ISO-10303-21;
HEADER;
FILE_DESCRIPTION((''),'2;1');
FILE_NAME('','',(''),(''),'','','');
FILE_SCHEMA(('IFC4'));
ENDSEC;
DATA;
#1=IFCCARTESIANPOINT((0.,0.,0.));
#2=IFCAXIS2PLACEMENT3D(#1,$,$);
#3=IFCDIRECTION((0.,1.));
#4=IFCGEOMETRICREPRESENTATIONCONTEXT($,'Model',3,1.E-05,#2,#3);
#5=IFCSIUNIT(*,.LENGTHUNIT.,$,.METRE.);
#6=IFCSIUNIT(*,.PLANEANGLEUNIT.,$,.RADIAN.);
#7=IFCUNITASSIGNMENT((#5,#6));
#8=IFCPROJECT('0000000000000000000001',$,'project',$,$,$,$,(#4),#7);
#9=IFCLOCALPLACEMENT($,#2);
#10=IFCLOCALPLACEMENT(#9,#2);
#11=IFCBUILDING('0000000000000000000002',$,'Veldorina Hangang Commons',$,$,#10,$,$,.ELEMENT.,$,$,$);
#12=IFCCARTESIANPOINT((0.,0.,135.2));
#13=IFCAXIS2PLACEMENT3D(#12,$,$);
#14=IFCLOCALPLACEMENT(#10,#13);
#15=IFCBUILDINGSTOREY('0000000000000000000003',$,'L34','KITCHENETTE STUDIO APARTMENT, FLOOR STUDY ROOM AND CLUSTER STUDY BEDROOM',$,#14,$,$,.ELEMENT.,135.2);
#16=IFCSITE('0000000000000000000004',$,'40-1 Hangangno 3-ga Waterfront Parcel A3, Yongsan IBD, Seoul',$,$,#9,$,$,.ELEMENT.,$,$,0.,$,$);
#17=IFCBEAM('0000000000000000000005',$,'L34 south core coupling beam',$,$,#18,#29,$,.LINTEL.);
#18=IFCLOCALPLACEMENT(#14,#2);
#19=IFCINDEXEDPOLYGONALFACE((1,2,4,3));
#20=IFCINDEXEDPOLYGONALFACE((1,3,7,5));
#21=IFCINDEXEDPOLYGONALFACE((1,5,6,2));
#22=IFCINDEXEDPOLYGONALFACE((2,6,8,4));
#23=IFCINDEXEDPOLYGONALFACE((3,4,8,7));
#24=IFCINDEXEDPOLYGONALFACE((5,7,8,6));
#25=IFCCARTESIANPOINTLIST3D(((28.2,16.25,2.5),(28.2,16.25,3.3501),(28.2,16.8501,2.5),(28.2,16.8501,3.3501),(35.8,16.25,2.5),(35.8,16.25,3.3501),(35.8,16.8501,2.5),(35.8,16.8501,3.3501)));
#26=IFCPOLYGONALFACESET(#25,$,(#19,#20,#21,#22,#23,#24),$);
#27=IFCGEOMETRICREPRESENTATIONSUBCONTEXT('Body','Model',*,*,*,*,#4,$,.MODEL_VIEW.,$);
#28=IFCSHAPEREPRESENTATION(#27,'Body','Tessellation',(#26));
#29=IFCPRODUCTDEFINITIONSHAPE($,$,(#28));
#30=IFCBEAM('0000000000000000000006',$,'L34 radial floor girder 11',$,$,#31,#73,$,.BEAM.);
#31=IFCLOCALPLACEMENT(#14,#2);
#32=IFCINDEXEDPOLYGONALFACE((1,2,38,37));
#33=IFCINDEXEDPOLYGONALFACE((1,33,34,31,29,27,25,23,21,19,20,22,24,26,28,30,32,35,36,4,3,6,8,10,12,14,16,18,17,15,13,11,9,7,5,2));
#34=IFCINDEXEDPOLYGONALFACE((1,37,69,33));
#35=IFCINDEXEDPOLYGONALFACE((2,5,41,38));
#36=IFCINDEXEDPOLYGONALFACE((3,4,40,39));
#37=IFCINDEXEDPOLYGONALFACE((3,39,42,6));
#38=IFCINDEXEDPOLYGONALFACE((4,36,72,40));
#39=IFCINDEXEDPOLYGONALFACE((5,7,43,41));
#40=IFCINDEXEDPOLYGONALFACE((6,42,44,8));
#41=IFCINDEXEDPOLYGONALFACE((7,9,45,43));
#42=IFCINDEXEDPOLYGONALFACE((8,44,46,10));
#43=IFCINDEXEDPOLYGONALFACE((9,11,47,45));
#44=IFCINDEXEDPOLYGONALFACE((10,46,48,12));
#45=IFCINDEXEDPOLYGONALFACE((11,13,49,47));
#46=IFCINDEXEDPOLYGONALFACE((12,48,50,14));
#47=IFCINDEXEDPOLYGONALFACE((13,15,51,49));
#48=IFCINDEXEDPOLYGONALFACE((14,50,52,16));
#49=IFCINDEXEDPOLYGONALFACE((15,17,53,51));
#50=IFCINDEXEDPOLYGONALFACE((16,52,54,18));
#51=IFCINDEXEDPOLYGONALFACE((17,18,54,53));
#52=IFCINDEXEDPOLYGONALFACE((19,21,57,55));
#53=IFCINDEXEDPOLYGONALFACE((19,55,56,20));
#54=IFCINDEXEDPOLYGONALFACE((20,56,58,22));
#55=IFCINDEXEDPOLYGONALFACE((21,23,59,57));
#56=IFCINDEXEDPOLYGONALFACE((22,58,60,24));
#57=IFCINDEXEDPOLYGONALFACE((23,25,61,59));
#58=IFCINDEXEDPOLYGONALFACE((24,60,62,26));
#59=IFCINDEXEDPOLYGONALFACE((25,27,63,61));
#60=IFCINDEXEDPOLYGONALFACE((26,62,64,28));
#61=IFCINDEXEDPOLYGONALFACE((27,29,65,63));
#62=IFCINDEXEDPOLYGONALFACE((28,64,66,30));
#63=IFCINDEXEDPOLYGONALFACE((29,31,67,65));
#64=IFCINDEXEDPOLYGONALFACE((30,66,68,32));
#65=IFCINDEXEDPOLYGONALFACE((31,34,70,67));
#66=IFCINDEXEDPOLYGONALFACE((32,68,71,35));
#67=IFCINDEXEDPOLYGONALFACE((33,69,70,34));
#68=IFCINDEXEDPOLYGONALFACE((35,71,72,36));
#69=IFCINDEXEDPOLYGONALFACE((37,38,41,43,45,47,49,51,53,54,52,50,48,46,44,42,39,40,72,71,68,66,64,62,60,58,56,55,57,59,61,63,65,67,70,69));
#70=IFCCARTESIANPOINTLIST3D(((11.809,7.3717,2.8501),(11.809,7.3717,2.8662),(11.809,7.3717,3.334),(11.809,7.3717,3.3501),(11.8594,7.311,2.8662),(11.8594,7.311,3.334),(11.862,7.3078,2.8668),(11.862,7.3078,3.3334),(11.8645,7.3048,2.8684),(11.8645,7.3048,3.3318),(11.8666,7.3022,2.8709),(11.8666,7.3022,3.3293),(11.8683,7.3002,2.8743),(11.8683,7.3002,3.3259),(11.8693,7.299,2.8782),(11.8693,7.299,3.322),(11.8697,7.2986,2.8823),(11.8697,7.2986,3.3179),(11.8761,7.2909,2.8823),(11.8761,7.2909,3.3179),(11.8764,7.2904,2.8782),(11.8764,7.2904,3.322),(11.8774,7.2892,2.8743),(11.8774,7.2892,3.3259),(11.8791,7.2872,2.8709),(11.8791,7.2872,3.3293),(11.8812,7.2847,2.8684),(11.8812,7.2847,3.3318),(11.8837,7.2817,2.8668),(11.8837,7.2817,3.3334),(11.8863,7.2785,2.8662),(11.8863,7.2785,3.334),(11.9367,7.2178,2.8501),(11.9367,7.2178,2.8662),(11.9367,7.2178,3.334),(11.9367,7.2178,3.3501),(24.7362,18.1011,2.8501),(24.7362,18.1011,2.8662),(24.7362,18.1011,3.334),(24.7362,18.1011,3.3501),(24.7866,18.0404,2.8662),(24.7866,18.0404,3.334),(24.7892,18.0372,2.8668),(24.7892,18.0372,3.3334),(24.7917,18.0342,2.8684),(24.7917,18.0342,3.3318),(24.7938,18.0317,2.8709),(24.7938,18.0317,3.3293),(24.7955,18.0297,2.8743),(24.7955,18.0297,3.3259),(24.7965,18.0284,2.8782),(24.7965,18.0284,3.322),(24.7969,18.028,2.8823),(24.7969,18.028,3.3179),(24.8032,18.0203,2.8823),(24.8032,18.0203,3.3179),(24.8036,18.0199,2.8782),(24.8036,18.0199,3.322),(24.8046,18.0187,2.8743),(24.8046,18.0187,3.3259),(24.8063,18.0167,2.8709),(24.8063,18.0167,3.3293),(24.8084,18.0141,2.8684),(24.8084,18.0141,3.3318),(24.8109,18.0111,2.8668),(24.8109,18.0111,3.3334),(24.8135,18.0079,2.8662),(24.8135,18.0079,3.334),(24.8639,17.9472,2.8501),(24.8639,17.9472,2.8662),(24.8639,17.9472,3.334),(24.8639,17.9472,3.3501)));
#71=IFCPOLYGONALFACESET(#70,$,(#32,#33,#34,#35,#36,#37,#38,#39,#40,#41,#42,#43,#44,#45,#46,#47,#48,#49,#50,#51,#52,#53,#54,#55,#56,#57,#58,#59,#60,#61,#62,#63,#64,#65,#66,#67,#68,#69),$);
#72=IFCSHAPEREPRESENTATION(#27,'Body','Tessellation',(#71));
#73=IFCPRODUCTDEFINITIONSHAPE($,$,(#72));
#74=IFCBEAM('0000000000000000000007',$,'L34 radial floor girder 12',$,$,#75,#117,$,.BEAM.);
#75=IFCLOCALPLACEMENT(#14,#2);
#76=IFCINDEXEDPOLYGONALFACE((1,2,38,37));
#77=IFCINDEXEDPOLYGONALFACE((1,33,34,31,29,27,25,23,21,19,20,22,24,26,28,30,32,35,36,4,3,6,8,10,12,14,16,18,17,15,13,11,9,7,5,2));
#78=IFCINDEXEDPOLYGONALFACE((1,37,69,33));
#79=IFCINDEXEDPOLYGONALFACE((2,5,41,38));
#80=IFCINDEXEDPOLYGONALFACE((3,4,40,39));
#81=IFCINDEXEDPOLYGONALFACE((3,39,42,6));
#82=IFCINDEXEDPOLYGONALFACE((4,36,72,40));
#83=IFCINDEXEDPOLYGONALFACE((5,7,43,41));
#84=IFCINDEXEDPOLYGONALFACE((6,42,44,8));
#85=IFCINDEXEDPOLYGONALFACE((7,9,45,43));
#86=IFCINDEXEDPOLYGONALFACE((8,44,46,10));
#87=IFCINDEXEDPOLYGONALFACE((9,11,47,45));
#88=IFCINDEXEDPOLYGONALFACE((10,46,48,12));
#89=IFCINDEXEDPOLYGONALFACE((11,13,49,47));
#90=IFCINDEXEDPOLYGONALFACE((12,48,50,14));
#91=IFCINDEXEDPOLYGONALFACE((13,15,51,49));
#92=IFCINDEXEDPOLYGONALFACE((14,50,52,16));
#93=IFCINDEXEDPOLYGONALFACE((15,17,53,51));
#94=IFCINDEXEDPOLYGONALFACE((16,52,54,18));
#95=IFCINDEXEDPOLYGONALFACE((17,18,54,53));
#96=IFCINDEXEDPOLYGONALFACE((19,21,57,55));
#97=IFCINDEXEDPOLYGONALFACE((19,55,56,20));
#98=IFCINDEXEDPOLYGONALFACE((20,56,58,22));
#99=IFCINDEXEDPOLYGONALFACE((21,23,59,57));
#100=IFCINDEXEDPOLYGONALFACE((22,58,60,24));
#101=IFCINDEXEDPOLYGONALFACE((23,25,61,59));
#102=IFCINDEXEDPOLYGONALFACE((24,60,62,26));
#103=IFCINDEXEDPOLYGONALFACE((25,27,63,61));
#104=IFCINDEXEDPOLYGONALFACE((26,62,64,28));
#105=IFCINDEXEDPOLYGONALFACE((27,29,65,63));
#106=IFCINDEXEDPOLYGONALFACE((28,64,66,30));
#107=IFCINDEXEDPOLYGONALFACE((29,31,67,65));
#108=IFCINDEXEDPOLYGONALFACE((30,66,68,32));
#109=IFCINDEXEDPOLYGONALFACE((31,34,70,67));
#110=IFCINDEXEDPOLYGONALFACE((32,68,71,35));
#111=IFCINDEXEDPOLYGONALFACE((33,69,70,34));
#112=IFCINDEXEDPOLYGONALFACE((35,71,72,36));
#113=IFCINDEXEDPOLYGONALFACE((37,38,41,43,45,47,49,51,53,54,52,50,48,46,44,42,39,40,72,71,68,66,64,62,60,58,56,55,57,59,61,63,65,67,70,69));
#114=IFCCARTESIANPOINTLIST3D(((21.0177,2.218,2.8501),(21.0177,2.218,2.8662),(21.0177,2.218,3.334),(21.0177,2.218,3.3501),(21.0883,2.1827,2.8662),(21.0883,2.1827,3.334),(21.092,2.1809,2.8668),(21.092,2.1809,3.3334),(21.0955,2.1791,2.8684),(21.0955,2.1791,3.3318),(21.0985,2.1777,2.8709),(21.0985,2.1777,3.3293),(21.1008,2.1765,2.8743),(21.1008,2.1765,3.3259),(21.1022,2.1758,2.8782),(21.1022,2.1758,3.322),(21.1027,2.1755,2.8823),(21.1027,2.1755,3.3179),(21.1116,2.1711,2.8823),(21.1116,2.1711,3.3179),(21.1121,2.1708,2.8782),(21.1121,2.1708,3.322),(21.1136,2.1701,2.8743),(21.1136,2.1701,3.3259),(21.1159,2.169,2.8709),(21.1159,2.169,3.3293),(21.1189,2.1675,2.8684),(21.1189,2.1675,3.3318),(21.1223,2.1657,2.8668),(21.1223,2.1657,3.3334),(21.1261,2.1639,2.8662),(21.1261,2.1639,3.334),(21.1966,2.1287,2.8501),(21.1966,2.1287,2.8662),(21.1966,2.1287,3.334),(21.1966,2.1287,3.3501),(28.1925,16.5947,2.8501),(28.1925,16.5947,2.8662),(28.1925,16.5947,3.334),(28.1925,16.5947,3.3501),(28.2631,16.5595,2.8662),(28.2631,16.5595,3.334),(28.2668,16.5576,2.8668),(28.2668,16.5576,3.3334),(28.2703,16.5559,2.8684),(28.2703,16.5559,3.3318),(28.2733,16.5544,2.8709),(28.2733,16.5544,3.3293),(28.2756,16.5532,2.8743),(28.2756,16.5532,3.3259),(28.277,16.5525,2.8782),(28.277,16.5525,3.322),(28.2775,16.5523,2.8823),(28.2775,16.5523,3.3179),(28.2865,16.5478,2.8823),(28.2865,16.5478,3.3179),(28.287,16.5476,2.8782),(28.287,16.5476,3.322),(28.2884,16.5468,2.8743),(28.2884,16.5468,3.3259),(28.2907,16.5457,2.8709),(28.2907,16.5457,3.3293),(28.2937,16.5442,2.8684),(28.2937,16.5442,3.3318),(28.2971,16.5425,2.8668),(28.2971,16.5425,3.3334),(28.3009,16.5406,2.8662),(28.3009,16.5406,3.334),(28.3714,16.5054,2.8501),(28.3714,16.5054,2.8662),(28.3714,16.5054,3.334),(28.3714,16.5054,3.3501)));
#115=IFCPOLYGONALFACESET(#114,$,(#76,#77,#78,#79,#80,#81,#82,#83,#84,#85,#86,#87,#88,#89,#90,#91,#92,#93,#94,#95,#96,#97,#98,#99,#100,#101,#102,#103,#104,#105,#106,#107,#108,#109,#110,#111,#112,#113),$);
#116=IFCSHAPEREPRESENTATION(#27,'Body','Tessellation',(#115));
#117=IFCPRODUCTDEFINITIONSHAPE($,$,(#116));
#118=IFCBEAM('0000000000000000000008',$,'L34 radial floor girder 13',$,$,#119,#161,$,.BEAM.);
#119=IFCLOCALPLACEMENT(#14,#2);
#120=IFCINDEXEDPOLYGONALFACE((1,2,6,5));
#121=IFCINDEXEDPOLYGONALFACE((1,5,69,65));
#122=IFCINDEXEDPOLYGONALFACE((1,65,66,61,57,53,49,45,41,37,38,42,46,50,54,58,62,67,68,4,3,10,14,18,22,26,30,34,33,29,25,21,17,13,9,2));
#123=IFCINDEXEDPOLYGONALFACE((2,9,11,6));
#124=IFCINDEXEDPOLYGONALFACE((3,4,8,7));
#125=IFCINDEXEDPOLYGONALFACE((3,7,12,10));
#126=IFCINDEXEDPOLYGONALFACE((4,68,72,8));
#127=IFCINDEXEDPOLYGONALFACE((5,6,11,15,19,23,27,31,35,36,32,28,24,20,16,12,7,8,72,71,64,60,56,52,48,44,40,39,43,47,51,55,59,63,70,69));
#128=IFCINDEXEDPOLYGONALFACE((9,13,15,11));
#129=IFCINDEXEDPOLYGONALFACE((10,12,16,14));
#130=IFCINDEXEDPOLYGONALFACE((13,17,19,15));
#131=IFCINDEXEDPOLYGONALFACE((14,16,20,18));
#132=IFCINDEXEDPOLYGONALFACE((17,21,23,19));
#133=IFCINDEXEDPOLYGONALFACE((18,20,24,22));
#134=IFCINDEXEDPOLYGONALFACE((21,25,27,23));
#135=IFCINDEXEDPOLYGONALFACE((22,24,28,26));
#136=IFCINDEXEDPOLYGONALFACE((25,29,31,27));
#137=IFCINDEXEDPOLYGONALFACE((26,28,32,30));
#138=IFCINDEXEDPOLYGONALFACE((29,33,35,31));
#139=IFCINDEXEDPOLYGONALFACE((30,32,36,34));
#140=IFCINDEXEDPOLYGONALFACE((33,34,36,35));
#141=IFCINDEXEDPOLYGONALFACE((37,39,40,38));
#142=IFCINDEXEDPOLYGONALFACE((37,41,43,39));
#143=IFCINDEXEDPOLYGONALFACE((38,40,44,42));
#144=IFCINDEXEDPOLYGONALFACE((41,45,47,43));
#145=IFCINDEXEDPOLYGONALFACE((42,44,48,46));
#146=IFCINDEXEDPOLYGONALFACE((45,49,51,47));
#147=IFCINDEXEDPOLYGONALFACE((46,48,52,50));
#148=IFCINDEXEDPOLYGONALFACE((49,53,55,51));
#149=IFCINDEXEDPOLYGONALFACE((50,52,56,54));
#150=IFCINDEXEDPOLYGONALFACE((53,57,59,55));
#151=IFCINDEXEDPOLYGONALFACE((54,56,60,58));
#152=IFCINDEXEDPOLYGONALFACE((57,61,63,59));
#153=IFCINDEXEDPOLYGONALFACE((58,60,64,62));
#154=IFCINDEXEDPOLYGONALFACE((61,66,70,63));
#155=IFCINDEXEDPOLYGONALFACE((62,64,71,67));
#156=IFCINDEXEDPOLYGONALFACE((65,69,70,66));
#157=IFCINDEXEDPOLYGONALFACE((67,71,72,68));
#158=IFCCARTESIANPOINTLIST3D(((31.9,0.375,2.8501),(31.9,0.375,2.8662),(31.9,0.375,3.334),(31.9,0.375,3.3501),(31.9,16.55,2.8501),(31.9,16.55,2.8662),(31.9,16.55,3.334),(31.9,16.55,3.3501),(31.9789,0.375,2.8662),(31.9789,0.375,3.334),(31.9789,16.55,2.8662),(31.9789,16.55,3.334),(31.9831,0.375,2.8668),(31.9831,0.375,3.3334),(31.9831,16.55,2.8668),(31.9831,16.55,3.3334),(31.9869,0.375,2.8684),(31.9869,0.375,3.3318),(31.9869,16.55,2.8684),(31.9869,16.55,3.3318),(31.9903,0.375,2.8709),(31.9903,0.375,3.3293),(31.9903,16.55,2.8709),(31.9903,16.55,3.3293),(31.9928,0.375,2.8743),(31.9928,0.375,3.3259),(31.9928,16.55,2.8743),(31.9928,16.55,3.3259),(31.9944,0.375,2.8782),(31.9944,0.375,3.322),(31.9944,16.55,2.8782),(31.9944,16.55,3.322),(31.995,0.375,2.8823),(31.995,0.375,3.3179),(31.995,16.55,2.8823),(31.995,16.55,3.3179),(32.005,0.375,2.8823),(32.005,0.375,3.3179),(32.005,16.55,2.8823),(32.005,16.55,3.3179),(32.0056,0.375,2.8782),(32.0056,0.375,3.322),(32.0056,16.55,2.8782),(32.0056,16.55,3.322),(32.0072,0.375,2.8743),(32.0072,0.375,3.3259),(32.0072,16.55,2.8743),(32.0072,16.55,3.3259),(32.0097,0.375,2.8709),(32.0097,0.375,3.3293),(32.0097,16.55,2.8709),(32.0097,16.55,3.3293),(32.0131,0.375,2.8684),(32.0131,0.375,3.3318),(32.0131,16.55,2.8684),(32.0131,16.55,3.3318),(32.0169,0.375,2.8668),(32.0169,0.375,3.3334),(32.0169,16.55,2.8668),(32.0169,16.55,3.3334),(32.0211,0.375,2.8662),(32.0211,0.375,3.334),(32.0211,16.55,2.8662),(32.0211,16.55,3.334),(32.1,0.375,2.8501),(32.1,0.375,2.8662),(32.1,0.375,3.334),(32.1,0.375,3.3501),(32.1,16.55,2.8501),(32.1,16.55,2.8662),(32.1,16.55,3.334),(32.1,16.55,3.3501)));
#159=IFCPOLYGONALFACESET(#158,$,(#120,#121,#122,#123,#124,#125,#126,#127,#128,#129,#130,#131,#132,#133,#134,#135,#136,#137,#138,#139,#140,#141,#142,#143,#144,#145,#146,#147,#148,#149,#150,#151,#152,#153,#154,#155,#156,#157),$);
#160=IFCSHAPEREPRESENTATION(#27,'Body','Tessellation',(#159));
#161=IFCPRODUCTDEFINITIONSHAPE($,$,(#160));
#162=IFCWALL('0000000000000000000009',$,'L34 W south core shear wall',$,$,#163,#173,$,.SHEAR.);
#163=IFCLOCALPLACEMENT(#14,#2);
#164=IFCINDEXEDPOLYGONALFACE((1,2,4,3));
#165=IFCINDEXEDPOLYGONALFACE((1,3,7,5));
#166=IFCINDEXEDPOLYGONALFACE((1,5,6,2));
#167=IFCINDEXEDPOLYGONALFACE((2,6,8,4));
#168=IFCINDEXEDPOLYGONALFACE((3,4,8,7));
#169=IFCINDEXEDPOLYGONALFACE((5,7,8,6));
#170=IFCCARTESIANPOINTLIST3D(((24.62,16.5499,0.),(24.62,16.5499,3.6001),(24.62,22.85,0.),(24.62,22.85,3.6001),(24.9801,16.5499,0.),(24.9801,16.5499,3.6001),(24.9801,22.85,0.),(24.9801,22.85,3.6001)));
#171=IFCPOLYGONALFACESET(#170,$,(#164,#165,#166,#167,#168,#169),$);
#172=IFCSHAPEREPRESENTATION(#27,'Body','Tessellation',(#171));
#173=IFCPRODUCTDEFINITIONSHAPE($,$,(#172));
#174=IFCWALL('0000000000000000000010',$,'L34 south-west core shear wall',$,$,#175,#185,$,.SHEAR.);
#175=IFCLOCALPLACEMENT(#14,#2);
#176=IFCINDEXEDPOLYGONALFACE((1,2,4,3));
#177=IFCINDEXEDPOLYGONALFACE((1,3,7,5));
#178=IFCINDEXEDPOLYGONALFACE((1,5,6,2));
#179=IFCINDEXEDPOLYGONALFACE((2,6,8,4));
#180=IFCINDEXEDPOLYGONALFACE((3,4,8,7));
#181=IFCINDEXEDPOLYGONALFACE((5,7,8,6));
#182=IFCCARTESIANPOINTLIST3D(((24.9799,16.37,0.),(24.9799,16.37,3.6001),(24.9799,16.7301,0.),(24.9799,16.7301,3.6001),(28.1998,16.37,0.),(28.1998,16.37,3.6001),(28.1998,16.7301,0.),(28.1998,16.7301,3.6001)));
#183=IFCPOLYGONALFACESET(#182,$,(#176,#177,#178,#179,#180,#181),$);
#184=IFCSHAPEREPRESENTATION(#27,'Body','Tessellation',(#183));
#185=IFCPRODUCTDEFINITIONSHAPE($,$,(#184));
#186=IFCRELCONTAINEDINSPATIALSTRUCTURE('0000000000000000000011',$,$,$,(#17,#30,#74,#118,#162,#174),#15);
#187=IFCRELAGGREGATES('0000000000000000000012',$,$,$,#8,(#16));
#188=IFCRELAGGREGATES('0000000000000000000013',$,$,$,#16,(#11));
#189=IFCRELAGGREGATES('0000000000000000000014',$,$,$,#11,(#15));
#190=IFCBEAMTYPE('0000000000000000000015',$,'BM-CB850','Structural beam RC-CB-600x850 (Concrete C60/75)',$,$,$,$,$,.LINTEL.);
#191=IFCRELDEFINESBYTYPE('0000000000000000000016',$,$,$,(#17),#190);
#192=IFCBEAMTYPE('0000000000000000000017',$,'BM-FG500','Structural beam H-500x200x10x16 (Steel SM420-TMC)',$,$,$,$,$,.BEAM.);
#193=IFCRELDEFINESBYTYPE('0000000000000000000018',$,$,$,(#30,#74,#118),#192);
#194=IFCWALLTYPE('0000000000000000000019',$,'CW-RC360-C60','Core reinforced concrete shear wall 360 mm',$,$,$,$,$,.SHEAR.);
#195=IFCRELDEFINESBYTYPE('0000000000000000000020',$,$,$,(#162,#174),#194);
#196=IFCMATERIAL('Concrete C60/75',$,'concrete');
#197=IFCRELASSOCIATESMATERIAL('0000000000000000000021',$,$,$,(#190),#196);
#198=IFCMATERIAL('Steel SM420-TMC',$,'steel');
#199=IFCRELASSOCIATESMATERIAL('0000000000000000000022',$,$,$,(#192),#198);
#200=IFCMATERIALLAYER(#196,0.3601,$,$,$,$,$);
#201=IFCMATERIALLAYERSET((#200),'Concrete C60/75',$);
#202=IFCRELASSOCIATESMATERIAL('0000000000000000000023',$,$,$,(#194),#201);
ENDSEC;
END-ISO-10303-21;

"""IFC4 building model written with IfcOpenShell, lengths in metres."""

from ifc_helpers import new_model, si_unit, direction, frame, frame_2d, origin, origin_2d, place, context, subcontext, project, spatial, rectangle, i_section, extrude, material, layer, layer_set, material_profile, profile_set, type_object, element, save


model = new_model("IFC4")

# Units and contexts
model_context = context("Model", 3, precision=1e-05, world=origin(), true_north=direction((0.0, 1.0)))
body_context = subcontext(model_context, "Body", "Model", "MODEL_VIEW")
ifc_project = project(units=[si_unit("LENGTHUNIT", "METRE"), si_unit("PLANEANGLEUNIT", "RADIAN")], contexts=[model_context])

# Site, building, storey
site_placement = place(None, origin())
site = spatial("IfcSite", under=ifc_project, at=site_placement, Name="40-1 Hangangno 3-ga Waterfront Parcel A3, Yongsan IBD, Seoul", CompositionType="ELEMENT", RefElevation=0.0)
building_placement = place(site_placement, origin())
building = spatial("IfcBuilding", under=site, at=building_placement, Name="Veldorina Hangang Commons", CompositionType="ELEMENT")
storey_placement = place(building_placement, frame((0.0, 0.0, 135.2)))
storey = spatial("IfcBuildingStorey", under=building, at=storey_placement, Name="L34", Description="KITCHENETTE STUDIO APARTMENT, FLOOR STUDY ROOM AND CLUSTER STUDY BEDROOM", CompositionType="ELEMENT", Elevation=135.2)

# Beams
ifc_material_1 = material(Name="Concrete C60/75", Category="concrete")
ifc_material_profile_1 = material_profile(ifc_material_1, rectangle(XDim=0.6001, YDim=0.8501, at=origin_2d()), Name="RC-CB-600x850")
ifc_profile_set_1 = profile_set([ifc_material_profile_1], Name="Concrete C60/75")
beam_type_1 = type_object("IfcBeamType", Name="BM-CB850", Description="Structural beam RC-CB-600x850 (Concrete C60/75)", PredefinedType="LINTEL", material=ifc_profile_set_1)
beam_1_placement = place(storey_placement, frame((28.2, 16.55, 2.925), z_axis=(1.0, 0.0, 0.0), x_axis=(0.0, 1.0, 0.0)))
element("IfcBeam", 1, at=beam_1_placement, inside=storey, type_object=beam_type_1, Name="L34 south core coupling beam", PredefinedType="LINTEL", context=body_context, shape_type="SweptSolid", body=[
    extrude(rectangle(XDim=0.6001, YDim=0.8501, at=origin_2d()), origin(), (0.0, 0.0, 1.0), 7.6001),
])
ifc_material_2 = material(Name="Steel SM420-TMC", Category="steel")
ifc_material_profile_2 = material_profile(ifc_material_2, i_section(OverallWidth=0.2, OverallDepth=0.5, WebThickness=0.01, FlangeThickness=0.0161, FilletRadius=0.0161, at=origin_2d()), Name="H-500x200x10x16")
ifc_profile_set_2 = profile_set([ifc_material_profile_2], Name="Steel SM420-TMC")
beam_type_2 = type_object("IfcBeamType", Name="BM-FG500", Description="Structural beam H-500x200x10x16 (Steel SM420-TMC)", PredefinedType="BEAM", material=ifc_profile_set_2)
beam_2_placement = place(storey_placement, frame((24.8, 18.0242, 3.1001), z_axis=(-0.769485, -0.638665, 0.0), x_axis=(0.638665, -0.769485, 0.0)))
element("IfcBeam", 2, at=beam_2_placement, inside=storey, type_object=beam_type_2, Name="L34 radial floor girder 11", PredefinedType="BEAM", context=body_context, shape_type="SweptSolid", body=[
    extrude(i_section(OverallWidth=0.2, OverallDepth=0.5, WebThickness=0.01, FlangeThickness=0.0161, FilletRadius=0.0161, at=origin_2d()), origin(), (0.0, 0.0, 1.0), 16.7998),
])
beam_3_placement = place(storey_placement, frame((28.282, 16.55, 3.1001), z_axis=(-0.446539, -0.894764, 0.0), x_axis=(0.894764, -0.446539, 0.0)))
element("IfcBeam", 3, at=beam_3_placement, inside=storey, type_object=beam_type_2, Name="L34 radial floor girder 12", PredefinedType="BEAM", context=body_context, shape_type="SweptSolid", body=[
    extrude(i_section(OverallWidth=0.2, OverallDepth=0.5, WebThickness=0.01, FlangeThickness=0.0161, FilletRadius=0.0161, at=origin_2d()), origin(), (0.0, 0.0, 1.0), 16.0676),
])
beam_4_placement = place(storey_placement, frame((32.0, 16.55, 3.1001), z_axis=(0.0, -1.0, 0.0), x_axis=(1.0, 0.0, 0.0)))
element("IfcBeam", 4, at=beam_4_placement, inside=storey, type_object=beam_type_2, Name="L34 radial floor girder 13", PredefinedType="BEAM", context=body_context, shape_type="SweptSolid", body=[
    extrude(i_section(OverallWidth=0.2, OverallDepth=0.5, WebThickness=0.01, FlangeThickness=0.0161, FilletRadius=0.0161, at=origin_2d()), origin(), (0.0, 0.0, 1.0), 16.175),
])

# Walls
ifc_layer_1 = layer(ifc_material_1, 0.3601)
ifc_layer_set_1 = layer_set([ifc_layer_1], Name="Concrete C60/75")
wall_type_1 = type_object("IfcWallType", Name="CW-RC360-C60", Description="Core reinforced concrete shear wall 360 mm", PredefinedType="SHEAR", material=ifc_layer_set_1)
wall_1_placement = place(storey_placement, frame((24.8, 16.55, 0.0), z_axis=(0.0, 0.0, 1.0), x_axis=(0.0, 1.0, 0.0)))
element("IfcWall", 5, at=wall_1_placement, inside=storey, type_object=wall_type_1, Name="L34 W south core shear wall", PredefinedType="SHEAR", context=body_context, shape_type="SweptSolid", body=[
    extrude(rectangle(XDim=6.3, YDim=0.3601, at=frame_2d((3.1499, 0.0))), origin(), (0.0, 0.0, 1.0), 3.6001),
])
wall_2_placement = place(storey_placement, frame((24.98, 16.55, 0.0), z_axis=(0.0, 0.0, 1.0), x_axis=(1.0, 0.0, 0.0)))
element("IfcWall", 6, at=wall_2_placement, inside=storey, type_object=wall_type_1, Name="L34 south-west core shear wall", PredefinedType="SHEAR", context=body_context, shape_type="SweptSolid", body=[
    extrude(rectangle(XDim=3.22, YDim=0.3601, at=frame_2d((1.6099, 0.0))), origin(), (0.0, 0.0, 1.0), 3.6001),
])

save(model, "model.ifc")
